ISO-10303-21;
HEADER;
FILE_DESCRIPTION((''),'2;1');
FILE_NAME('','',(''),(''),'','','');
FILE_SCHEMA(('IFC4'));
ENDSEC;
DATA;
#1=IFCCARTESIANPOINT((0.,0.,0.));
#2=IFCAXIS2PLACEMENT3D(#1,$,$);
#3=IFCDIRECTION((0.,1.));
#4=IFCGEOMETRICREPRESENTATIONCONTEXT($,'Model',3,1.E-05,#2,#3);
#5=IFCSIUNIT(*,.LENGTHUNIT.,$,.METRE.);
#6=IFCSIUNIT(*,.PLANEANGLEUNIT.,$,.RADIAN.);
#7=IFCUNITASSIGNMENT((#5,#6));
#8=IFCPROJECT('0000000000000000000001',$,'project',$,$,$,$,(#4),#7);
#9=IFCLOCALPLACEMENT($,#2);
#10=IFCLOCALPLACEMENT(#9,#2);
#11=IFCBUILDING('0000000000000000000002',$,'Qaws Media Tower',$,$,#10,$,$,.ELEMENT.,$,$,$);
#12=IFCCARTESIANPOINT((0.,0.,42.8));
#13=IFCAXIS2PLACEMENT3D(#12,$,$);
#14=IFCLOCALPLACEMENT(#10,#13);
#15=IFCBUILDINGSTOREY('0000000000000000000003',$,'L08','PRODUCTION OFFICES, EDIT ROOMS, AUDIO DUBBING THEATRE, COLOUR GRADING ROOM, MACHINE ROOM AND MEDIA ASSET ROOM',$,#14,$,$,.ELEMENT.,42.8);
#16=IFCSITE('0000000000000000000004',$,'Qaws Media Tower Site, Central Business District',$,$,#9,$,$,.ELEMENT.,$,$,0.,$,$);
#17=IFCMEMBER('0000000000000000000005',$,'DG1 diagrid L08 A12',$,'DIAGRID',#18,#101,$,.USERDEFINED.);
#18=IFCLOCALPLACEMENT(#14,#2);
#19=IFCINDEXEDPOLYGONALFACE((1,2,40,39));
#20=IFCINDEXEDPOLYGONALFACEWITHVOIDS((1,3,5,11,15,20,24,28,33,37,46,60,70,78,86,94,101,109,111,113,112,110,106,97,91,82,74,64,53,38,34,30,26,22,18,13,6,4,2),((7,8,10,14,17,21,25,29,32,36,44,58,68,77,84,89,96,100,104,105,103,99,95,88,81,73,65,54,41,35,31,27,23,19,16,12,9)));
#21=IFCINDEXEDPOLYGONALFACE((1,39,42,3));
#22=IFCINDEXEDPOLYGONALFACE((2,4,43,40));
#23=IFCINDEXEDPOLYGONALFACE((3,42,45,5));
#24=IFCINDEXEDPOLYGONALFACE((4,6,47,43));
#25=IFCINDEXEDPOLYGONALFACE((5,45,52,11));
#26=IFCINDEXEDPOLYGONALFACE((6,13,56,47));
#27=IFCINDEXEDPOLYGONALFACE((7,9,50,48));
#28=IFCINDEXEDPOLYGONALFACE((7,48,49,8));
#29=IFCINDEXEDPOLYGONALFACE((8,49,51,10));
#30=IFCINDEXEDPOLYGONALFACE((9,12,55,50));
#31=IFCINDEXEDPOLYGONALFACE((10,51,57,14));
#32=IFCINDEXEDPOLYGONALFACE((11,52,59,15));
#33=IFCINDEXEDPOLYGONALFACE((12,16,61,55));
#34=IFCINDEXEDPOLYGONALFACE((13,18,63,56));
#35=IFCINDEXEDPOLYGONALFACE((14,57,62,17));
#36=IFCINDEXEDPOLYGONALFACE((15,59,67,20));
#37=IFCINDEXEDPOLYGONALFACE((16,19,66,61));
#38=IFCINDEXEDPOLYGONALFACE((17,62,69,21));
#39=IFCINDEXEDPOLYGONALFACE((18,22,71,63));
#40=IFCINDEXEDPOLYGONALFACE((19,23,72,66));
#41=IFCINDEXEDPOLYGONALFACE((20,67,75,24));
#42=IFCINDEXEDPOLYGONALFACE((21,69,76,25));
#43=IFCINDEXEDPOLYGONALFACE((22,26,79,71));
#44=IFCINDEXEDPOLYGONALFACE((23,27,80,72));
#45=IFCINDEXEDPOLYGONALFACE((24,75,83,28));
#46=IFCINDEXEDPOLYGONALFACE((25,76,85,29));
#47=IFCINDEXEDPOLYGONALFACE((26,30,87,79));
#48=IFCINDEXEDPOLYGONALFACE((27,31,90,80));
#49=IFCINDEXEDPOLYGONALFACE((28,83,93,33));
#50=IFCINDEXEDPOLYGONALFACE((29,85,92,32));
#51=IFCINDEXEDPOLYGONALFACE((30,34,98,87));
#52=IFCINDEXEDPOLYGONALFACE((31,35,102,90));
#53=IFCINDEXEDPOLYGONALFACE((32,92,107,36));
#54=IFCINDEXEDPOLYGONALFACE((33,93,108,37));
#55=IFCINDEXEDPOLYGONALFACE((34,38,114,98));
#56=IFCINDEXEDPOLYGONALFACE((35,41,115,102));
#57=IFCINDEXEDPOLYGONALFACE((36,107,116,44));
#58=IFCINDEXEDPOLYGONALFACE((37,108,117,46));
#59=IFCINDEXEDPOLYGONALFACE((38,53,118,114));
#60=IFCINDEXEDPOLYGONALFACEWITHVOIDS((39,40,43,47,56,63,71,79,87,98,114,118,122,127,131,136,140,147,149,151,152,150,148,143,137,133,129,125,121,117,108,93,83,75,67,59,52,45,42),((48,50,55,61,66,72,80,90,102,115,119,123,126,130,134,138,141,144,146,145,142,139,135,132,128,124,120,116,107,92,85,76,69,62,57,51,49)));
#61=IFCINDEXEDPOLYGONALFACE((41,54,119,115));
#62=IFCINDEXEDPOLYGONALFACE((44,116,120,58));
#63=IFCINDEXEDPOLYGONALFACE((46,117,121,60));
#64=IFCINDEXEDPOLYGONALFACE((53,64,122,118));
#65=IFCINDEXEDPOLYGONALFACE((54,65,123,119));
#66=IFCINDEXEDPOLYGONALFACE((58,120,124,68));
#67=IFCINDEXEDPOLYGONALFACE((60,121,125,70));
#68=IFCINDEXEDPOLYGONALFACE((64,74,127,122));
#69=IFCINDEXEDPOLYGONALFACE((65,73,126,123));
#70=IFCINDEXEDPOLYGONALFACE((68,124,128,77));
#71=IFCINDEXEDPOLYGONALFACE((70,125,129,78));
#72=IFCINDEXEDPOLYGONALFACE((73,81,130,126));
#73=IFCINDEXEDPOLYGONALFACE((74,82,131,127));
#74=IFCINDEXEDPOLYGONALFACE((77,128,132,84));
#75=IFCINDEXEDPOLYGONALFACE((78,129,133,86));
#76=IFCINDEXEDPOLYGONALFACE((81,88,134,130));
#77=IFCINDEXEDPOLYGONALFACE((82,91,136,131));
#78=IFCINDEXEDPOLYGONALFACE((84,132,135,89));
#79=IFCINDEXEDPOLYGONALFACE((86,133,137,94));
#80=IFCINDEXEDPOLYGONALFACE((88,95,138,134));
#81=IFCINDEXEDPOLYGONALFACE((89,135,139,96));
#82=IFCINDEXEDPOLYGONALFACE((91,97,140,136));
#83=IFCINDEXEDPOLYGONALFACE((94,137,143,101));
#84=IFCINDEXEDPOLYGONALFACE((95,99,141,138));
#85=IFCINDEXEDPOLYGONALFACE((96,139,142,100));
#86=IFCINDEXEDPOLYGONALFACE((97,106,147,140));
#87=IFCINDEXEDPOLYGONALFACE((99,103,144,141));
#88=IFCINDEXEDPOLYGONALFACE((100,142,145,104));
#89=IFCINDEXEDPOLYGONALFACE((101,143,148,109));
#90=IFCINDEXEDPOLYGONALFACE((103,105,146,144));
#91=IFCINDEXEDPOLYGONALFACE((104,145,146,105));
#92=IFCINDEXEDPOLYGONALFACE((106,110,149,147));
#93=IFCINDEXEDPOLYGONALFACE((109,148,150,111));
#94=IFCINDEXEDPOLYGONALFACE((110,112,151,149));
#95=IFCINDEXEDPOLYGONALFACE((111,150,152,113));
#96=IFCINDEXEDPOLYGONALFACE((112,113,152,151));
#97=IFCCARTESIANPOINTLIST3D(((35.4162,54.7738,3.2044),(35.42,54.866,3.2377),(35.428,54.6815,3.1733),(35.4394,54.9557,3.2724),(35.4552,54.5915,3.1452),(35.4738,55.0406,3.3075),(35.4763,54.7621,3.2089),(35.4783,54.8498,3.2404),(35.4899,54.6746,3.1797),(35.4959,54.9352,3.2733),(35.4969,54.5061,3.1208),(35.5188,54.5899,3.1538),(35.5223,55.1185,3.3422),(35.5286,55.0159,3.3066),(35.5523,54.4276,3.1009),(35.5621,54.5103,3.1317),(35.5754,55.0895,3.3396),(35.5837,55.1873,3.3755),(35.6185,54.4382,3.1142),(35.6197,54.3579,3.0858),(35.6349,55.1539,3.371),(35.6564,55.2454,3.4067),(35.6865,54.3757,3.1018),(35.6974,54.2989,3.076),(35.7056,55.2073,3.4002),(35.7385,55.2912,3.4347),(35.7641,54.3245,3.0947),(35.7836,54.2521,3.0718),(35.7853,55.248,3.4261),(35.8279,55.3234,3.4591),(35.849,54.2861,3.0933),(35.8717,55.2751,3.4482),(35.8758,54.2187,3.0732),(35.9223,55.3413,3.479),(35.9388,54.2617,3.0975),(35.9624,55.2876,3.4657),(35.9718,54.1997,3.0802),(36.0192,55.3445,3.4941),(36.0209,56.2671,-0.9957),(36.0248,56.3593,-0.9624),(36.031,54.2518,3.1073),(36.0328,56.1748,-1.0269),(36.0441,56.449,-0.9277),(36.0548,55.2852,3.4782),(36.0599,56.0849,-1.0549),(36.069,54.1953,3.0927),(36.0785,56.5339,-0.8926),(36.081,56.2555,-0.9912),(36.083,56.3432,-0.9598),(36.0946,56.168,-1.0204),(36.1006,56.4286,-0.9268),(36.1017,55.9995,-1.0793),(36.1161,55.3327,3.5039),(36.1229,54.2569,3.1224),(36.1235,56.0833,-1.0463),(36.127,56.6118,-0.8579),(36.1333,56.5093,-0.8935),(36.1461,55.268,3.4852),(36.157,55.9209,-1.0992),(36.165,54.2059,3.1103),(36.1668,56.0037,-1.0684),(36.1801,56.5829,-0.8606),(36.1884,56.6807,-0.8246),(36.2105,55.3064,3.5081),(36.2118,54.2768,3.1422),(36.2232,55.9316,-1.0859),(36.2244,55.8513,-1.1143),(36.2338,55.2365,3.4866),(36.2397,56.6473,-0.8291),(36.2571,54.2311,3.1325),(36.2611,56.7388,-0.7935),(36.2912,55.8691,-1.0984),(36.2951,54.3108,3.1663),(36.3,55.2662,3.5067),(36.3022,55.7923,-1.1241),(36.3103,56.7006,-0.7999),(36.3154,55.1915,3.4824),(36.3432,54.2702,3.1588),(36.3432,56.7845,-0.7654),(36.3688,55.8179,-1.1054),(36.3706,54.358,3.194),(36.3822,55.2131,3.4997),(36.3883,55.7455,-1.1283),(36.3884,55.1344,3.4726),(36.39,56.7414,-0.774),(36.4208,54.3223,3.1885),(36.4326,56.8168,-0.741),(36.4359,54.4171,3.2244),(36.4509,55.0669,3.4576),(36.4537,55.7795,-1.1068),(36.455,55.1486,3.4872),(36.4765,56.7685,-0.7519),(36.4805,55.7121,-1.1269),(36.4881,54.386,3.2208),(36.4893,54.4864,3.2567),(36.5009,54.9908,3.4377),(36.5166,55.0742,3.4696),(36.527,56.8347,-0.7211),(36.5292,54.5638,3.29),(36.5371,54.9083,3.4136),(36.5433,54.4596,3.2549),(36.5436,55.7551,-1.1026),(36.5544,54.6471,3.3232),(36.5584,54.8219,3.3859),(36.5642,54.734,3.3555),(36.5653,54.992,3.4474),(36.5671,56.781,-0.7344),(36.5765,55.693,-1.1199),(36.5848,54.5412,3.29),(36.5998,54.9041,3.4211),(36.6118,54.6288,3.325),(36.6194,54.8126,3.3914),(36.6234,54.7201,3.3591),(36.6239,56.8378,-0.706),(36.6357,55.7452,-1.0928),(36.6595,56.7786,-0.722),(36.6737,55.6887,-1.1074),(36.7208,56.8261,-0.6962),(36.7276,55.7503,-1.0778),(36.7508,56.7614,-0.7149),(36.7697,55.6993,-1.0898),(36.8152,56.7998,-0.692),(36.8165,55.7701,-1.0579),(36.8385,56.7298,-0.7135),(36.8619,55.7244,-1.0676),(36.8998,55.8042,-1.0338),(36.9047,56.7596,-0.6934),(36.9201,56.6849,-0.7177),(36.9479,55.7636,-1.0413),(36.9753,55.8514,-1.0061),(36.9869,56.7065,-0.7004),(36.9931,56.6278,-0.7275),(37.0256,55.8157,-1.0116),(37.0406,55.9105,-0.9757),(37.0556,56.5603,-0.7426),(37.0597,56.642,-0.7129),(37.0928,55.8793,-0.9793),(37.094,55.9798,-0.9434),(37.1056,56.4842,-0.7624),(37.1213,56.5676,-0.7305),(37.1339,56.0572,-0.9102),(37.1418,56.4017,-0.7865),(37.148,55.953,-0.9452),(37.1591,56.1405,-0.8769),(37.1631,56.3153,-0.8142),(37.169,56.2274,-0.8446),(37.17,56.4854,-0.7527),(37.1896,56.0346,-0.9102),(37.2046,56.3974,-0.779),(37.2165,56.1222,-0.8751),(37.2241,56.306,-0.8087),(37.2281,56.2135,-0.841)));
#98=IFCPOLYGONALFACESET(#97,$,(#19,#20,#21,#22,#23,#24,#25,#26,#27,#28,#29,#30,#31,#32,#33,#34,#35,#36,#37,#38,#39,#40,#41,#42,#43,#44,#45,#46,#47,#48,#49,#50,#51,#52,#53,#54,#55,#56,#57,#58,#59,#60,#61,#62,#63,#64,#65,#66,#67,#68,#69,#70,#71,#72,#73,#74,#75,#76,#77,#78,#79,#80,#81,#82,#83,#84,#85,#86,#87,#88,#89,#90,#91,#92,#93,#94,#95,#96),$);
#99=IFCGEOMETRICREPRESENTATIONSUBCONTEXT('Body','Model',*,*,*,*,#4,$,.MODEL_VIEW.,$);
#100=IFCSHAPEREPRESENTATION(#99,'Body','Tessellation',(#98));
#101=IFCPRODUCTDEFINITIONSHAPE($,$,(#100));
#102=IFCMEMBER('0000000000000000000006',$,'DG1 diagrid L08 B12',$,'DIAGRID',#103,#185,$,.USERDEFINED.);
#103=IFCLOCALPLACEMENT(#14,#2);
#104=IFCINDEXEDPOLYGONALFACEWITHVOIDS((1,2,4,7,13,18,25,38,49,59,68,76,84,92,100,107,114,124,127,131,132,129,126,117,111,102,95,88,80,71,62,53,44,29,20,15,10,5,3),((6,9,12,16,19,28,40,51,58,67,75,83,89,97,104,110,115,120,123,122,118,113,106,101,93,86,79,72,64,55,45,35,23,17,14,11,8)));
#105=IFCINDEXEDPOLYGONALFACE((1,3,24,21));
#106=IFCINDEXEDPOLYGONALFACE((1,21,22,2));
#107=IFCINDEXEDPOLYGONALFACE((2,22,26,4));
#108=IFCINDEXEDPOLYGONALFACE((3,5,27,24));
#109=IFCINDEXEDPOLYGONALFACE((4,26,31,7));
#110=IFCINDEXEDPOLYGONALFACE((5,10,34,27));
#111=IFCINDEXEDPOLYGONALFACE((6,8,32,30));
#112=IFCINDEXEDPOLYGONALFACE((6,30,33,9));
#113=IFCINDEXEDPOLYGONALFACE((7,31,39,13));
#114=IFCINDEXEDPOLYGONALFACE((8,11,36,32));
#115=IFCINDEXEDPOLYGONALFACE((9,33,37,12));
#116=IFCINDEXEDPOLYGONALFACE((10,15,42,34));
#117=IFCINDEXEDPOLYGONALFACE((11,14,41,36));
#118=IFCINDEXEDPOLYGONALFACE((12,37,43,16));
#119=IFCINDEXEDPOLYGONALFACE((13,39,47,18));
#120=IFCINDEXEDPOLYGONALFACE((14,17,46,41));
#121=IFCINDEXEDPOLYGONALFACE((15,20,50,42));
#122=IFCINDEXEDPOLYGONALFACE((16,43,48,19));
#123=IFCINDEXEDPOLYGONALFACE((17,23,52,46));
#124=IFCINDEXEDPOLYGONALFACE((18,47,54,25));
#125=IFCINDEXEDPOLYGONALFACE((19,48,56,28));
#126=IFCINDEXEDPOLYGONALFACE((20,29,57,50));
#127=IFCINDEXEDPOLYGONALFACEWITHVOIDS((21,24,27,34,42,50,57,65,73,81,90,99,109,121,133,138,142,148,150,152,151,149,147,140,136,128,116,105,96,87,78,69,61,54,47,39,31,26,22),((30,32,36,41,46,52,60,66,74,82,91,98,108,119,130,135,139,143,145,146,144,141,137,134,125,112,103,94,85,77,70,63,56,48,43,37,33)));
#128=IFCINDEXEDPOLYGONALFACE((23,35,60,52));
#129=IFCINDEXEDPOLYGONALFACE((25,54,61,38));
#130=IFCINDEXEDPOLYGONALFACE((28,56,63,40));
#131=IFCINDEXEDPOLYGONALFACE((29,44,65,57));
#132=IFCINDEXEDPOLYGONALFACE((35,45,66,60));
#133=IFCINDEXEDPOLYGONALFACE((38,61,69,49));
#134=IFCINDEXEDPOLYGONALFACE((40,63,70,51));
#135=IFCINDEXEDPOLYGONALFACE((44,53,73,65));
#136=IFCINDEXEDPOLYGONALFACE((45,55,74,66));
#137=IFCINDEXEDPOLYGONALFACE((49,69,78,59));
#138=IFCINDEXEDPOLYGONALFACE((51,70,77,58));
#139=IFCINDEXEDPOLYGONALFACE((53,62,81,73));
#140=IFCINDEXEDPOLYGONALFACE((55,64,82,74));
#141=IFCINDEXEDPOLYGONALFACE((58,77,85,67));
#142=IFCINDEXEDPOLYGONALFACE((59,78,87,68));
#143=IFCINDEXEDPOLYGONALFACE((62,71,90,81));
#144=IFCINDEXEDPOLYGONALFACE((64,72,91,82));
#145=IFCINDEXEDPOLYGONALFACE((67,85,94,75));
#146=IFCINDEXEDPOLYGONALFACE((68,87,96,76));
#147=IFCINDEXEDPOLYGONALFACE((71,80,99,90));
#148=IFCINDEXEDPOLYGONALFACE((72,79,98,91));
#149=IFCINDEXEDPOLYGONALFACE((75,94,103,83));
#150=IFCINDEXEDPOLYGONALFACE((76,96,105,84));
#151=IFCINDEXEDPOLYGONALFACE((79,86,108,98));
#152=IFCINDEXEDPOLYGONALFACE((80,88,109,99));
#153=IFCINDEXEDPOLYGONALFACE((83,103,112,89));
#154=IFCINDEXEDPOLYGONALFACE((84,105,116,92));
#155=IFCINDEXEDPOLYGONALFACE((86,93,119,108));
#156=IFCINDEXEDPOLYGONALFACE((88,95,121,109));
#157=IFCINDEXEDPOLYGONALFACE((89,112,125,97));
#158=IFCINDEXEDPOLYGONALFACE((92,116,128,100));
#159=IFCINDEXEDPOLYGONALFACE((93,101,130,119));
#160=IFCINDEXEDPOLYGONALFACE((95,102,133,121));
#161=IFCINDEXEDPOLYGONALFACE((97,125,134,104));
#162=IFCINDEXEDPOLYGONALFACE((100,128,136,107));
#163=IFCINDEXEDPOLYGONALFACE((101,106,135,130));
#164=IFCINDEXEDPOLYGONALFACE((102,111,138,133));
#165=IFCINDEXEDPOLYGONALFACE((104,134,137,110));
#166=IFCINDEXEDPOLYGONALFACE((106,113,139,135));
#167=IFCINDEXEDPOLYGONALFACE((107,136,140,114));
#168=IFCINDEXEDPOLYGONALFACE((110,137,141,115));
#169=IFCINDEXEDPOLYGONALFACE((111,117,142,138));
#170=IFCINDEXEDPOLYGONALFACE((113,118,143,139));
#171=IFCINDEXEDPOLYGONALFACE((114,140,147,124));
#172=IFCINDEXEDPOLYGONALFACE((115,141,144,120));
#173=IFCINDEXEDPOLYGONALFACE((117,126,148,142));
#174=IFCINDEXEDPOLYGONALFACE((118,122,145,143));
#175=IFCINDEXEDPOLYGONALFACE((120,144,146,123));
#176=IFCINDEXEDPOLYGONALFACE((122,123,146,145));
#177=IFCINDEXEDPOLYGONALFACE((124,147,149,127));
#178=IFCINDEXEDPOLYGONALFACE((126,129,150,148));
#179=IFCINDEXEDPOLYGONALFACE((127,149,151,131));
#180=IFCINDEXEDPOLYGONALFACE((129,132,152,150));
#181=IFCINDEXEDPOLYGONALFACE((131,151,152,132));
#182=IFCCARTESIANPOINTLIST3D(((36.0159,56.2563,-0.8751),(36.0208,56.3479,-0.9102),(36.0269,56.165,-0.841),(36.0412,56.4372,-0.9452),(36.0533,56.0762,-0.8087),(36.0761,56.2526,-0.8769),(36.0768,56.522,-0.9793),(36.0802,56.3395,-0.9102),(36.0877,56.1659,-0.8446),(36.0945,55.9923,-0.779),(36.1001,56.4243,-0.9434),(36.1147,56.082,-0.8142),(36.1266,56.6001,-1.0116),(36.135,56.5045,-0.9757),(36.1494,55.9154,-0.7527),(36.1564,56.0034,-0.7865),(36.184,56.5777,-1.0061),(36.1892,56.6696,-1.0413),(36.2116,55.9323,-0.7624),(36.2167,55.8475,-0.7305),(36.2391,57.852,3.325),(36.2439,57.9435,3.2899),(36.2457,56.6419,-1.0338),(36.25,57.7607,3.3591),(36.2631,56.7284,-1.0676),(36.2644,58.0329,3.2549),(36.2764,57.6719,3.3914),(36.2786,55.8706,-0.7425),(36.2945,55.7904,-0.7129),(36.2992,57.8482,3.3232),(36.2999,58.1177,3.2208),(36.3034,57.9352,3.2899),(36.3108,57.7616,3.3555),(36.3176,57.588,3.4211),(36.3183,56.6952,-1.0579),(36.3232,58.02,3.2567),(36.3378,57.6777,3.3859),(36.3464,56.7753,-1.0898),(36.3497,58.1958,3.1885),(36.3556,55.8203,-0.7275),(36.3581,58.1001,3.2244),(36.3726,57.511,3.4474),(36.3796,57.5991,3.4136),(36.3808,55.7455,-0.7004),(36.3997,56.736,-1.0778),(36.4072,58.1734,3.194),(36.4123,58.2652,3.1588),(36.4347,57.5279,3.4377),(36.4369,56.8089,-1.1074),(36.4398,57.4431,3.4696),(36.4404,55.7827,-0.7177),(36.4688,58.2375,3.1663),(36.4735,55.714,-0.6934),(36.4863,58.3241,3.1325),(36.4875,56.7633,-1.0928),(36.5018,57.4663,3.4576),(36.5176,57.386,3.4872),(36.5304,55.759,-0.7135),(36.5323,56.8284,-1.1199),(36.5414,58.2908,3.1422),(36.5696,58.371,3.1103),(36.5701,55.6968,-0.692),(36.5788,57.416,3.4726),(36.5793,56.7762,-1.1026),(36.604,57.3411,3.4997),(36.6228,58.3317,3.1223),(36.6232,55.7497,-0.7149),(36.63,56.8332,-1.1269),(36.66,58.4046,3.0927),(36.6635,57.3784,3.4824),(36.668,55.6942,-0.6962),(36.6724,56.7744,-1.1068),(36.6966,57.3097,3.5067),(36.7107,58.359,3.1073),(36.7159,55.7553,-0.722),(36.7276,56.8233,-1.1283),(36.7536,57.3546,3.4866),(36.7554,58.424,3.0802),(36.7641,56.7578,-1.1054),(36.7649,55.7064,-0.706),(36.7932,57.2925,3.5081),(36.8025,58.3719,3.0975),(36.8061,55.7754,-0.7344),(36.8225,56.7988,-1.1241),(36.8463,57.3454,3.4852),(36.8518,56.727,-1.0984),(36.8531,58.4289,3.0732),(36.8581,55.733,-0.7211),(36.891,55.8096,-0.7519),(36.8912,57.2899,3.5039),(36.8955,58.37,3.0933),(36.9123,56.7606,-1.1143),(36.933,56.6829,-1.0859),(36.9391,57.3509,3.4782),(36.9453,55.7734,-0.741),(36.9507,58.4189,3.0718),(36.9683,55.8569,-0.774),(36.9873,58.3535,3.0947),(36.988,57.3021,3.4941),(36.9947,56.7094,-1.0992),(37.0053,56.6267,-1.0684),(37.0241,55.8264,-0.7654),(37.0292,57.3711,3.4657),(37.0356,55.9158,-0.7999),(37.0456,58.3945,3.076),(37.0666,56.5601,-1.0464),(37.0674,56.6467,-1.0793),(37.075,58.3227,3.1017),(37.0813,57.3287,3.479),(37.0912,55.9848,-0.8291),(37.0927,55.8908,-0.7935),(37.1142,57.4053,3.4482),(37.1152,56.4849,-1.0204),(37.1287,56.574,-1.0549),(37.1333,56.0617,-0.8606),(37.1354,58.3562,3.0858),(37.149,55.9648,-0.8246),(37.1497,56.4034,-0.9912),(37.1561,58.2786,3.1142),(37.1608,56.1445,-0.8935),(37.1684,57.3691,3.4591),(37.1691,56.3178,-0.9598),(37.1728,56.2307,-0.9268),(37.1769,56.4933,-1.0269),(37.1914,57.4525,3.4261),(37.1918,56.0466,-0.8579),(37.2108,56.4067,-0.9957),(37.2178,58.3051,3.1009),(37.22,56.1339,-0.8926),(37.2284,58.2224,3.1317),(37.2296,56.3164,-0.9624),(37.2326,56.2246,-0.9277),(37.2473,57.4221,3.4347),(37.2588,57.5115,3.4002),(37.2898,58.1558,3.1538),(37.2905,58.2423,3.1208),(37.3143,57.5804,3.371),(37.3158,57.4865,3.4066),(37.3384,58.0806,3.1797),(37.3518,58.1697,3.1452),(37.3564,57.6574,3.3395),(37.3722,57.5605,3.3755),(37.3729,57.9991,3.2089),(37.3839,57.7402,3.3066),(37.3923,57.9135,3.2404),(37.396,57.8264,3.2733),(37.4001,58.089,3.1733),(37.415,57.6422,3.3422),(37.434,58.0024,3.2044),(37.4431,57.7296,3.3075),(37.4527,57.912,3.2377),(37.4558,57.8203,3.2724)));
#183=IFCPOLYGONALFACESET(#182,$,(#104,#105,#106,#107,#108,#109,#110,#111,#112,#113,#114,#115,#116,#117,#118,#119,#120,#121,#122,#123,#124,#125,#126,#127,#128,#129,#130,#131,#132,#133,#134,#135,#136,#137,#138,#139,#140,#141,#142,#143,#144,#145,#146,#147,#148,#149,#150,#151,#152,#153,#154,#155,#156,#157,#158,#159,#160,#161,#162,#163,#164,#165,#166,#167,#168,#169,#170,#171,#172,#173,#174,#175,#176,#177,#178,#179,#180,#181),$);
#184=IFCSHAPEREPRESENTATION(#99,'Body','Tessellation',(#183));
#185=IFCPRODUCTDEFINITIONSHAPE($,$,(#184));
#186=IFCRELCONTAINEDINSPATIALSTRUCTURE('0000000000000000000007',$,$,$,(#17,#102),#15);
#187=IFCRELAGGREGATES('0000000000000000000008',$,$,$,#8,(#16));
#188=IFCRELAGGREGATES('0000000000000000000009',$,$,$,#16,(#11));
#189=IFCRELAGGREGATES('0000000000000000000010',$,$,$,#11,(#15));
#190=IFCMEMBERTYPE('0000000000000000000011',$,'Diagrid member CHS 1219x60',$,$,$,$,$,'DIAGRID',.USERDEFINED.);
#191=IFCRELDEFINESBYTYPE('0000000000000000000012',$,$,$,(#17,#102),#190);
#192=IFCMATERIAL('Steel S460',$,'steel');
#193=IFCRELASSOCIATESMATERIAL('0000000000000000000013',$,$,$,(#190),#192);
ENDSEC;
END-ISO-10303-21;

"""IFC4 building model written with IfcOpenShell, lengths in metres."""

from ifc_helpers import new_model, si_unit, direction, frame, origin, origin_2d, place, context, subcontext, project, spatial, hollow_circle, extrude, material, material_profile, profile_set, type_object, element, save


model = new_model("IFC4")

# Units and contexts
model_context = context("Model", 3, precision=1e-05, world=origin(), true_north=direction((0.0, 1.0)))
body_context = subcontext(model_context, "Body", "Model", "MODEL_VIEW")
ifc_project = project(units=[si_unit("LENGTHUNIT", "METRE"), si_unit("PLANEANGLEUNIT", "RADIAN")], contexts=[model_context])

# Site, building, storey
site_placement = place(None, origin())
site = spatial("IfcSite", under=ifc_project, at=site_placement, Name="Qaws Media Tower Site, Central Business District", CompositionType="ELEMENT", RefElevation=0.0)
building_placement = place(site_placement, origin())
building = spatial("IfcBuilding", under=site, at=building_placement, Name="Qaws Media Tower", CompositionType="ELEMENT")
storey_placement = place(building_placement, frame((0.0, 0.0, 42.8)))
storey = spatial("IfcBuildingStorey", under=building, at=storey_placement, Name="L08", Description="PRODUCTION OFFICES, EDIT ROOMS, AUDIO DUBBING THEATRE, COLOUR GRADING ROOM, MACHINE ROOM AND MEDIA ASSET ROOM", CompositionType="ELEMENT", Elevation=42.8)

# Members
ifc_material_1 = material(Name="Steel S460", Category="steel")
ifc_material_profile_1 = material_profile(ifc_material_1, hollow_circle(Radius=0.6096, WallThickness=0.0601, at=origin_2d()), Name="CHS 1219x60")
ifc_profile_set_1 = profile_set([ifc_material_profile_1], Name="Steel S460")
member_type_1 = type_object("IfcMemberType", Name="Diagrid member CHS 1219x60", ElementType="DIAGRID", PredefinedType="USERDEFINED", material=ifc_profile_set_1)
for number, where, z_axis, x_axis, name in (
    (1, (36.6245, 56.2634, -0.9102), (-0.134427, -0.33197, 0.933662), (0.92689, -0.375332, 0.0), "DG1 diagrid L08 A12"),
    (2, (36.6245, 56.2634, -0.9102), (0.049603, 0.354708, 0.93366), (-0.990363, 0.138493, 0.0), "DG1 diagrid L08 B12"),
):
    element("IfcMember", number, at=place(storey_placement, frame(where, z_axis=z_axis, x_axis=x_axis)), inside=storey, type_object=member_type_1, Name=name, ObjectType="DIAGRID", PredefinedType="USERDEFINED", context=body_context, shape_type="SweptSolid", body=[
        extrude(hollow_circle(Radius=0.6096, WallThickness=0.0601, at=origin_2d()), origin(), (0.0, 0.0, 1.0), 4.4985),
    ])

save(model, "model.ifc")
